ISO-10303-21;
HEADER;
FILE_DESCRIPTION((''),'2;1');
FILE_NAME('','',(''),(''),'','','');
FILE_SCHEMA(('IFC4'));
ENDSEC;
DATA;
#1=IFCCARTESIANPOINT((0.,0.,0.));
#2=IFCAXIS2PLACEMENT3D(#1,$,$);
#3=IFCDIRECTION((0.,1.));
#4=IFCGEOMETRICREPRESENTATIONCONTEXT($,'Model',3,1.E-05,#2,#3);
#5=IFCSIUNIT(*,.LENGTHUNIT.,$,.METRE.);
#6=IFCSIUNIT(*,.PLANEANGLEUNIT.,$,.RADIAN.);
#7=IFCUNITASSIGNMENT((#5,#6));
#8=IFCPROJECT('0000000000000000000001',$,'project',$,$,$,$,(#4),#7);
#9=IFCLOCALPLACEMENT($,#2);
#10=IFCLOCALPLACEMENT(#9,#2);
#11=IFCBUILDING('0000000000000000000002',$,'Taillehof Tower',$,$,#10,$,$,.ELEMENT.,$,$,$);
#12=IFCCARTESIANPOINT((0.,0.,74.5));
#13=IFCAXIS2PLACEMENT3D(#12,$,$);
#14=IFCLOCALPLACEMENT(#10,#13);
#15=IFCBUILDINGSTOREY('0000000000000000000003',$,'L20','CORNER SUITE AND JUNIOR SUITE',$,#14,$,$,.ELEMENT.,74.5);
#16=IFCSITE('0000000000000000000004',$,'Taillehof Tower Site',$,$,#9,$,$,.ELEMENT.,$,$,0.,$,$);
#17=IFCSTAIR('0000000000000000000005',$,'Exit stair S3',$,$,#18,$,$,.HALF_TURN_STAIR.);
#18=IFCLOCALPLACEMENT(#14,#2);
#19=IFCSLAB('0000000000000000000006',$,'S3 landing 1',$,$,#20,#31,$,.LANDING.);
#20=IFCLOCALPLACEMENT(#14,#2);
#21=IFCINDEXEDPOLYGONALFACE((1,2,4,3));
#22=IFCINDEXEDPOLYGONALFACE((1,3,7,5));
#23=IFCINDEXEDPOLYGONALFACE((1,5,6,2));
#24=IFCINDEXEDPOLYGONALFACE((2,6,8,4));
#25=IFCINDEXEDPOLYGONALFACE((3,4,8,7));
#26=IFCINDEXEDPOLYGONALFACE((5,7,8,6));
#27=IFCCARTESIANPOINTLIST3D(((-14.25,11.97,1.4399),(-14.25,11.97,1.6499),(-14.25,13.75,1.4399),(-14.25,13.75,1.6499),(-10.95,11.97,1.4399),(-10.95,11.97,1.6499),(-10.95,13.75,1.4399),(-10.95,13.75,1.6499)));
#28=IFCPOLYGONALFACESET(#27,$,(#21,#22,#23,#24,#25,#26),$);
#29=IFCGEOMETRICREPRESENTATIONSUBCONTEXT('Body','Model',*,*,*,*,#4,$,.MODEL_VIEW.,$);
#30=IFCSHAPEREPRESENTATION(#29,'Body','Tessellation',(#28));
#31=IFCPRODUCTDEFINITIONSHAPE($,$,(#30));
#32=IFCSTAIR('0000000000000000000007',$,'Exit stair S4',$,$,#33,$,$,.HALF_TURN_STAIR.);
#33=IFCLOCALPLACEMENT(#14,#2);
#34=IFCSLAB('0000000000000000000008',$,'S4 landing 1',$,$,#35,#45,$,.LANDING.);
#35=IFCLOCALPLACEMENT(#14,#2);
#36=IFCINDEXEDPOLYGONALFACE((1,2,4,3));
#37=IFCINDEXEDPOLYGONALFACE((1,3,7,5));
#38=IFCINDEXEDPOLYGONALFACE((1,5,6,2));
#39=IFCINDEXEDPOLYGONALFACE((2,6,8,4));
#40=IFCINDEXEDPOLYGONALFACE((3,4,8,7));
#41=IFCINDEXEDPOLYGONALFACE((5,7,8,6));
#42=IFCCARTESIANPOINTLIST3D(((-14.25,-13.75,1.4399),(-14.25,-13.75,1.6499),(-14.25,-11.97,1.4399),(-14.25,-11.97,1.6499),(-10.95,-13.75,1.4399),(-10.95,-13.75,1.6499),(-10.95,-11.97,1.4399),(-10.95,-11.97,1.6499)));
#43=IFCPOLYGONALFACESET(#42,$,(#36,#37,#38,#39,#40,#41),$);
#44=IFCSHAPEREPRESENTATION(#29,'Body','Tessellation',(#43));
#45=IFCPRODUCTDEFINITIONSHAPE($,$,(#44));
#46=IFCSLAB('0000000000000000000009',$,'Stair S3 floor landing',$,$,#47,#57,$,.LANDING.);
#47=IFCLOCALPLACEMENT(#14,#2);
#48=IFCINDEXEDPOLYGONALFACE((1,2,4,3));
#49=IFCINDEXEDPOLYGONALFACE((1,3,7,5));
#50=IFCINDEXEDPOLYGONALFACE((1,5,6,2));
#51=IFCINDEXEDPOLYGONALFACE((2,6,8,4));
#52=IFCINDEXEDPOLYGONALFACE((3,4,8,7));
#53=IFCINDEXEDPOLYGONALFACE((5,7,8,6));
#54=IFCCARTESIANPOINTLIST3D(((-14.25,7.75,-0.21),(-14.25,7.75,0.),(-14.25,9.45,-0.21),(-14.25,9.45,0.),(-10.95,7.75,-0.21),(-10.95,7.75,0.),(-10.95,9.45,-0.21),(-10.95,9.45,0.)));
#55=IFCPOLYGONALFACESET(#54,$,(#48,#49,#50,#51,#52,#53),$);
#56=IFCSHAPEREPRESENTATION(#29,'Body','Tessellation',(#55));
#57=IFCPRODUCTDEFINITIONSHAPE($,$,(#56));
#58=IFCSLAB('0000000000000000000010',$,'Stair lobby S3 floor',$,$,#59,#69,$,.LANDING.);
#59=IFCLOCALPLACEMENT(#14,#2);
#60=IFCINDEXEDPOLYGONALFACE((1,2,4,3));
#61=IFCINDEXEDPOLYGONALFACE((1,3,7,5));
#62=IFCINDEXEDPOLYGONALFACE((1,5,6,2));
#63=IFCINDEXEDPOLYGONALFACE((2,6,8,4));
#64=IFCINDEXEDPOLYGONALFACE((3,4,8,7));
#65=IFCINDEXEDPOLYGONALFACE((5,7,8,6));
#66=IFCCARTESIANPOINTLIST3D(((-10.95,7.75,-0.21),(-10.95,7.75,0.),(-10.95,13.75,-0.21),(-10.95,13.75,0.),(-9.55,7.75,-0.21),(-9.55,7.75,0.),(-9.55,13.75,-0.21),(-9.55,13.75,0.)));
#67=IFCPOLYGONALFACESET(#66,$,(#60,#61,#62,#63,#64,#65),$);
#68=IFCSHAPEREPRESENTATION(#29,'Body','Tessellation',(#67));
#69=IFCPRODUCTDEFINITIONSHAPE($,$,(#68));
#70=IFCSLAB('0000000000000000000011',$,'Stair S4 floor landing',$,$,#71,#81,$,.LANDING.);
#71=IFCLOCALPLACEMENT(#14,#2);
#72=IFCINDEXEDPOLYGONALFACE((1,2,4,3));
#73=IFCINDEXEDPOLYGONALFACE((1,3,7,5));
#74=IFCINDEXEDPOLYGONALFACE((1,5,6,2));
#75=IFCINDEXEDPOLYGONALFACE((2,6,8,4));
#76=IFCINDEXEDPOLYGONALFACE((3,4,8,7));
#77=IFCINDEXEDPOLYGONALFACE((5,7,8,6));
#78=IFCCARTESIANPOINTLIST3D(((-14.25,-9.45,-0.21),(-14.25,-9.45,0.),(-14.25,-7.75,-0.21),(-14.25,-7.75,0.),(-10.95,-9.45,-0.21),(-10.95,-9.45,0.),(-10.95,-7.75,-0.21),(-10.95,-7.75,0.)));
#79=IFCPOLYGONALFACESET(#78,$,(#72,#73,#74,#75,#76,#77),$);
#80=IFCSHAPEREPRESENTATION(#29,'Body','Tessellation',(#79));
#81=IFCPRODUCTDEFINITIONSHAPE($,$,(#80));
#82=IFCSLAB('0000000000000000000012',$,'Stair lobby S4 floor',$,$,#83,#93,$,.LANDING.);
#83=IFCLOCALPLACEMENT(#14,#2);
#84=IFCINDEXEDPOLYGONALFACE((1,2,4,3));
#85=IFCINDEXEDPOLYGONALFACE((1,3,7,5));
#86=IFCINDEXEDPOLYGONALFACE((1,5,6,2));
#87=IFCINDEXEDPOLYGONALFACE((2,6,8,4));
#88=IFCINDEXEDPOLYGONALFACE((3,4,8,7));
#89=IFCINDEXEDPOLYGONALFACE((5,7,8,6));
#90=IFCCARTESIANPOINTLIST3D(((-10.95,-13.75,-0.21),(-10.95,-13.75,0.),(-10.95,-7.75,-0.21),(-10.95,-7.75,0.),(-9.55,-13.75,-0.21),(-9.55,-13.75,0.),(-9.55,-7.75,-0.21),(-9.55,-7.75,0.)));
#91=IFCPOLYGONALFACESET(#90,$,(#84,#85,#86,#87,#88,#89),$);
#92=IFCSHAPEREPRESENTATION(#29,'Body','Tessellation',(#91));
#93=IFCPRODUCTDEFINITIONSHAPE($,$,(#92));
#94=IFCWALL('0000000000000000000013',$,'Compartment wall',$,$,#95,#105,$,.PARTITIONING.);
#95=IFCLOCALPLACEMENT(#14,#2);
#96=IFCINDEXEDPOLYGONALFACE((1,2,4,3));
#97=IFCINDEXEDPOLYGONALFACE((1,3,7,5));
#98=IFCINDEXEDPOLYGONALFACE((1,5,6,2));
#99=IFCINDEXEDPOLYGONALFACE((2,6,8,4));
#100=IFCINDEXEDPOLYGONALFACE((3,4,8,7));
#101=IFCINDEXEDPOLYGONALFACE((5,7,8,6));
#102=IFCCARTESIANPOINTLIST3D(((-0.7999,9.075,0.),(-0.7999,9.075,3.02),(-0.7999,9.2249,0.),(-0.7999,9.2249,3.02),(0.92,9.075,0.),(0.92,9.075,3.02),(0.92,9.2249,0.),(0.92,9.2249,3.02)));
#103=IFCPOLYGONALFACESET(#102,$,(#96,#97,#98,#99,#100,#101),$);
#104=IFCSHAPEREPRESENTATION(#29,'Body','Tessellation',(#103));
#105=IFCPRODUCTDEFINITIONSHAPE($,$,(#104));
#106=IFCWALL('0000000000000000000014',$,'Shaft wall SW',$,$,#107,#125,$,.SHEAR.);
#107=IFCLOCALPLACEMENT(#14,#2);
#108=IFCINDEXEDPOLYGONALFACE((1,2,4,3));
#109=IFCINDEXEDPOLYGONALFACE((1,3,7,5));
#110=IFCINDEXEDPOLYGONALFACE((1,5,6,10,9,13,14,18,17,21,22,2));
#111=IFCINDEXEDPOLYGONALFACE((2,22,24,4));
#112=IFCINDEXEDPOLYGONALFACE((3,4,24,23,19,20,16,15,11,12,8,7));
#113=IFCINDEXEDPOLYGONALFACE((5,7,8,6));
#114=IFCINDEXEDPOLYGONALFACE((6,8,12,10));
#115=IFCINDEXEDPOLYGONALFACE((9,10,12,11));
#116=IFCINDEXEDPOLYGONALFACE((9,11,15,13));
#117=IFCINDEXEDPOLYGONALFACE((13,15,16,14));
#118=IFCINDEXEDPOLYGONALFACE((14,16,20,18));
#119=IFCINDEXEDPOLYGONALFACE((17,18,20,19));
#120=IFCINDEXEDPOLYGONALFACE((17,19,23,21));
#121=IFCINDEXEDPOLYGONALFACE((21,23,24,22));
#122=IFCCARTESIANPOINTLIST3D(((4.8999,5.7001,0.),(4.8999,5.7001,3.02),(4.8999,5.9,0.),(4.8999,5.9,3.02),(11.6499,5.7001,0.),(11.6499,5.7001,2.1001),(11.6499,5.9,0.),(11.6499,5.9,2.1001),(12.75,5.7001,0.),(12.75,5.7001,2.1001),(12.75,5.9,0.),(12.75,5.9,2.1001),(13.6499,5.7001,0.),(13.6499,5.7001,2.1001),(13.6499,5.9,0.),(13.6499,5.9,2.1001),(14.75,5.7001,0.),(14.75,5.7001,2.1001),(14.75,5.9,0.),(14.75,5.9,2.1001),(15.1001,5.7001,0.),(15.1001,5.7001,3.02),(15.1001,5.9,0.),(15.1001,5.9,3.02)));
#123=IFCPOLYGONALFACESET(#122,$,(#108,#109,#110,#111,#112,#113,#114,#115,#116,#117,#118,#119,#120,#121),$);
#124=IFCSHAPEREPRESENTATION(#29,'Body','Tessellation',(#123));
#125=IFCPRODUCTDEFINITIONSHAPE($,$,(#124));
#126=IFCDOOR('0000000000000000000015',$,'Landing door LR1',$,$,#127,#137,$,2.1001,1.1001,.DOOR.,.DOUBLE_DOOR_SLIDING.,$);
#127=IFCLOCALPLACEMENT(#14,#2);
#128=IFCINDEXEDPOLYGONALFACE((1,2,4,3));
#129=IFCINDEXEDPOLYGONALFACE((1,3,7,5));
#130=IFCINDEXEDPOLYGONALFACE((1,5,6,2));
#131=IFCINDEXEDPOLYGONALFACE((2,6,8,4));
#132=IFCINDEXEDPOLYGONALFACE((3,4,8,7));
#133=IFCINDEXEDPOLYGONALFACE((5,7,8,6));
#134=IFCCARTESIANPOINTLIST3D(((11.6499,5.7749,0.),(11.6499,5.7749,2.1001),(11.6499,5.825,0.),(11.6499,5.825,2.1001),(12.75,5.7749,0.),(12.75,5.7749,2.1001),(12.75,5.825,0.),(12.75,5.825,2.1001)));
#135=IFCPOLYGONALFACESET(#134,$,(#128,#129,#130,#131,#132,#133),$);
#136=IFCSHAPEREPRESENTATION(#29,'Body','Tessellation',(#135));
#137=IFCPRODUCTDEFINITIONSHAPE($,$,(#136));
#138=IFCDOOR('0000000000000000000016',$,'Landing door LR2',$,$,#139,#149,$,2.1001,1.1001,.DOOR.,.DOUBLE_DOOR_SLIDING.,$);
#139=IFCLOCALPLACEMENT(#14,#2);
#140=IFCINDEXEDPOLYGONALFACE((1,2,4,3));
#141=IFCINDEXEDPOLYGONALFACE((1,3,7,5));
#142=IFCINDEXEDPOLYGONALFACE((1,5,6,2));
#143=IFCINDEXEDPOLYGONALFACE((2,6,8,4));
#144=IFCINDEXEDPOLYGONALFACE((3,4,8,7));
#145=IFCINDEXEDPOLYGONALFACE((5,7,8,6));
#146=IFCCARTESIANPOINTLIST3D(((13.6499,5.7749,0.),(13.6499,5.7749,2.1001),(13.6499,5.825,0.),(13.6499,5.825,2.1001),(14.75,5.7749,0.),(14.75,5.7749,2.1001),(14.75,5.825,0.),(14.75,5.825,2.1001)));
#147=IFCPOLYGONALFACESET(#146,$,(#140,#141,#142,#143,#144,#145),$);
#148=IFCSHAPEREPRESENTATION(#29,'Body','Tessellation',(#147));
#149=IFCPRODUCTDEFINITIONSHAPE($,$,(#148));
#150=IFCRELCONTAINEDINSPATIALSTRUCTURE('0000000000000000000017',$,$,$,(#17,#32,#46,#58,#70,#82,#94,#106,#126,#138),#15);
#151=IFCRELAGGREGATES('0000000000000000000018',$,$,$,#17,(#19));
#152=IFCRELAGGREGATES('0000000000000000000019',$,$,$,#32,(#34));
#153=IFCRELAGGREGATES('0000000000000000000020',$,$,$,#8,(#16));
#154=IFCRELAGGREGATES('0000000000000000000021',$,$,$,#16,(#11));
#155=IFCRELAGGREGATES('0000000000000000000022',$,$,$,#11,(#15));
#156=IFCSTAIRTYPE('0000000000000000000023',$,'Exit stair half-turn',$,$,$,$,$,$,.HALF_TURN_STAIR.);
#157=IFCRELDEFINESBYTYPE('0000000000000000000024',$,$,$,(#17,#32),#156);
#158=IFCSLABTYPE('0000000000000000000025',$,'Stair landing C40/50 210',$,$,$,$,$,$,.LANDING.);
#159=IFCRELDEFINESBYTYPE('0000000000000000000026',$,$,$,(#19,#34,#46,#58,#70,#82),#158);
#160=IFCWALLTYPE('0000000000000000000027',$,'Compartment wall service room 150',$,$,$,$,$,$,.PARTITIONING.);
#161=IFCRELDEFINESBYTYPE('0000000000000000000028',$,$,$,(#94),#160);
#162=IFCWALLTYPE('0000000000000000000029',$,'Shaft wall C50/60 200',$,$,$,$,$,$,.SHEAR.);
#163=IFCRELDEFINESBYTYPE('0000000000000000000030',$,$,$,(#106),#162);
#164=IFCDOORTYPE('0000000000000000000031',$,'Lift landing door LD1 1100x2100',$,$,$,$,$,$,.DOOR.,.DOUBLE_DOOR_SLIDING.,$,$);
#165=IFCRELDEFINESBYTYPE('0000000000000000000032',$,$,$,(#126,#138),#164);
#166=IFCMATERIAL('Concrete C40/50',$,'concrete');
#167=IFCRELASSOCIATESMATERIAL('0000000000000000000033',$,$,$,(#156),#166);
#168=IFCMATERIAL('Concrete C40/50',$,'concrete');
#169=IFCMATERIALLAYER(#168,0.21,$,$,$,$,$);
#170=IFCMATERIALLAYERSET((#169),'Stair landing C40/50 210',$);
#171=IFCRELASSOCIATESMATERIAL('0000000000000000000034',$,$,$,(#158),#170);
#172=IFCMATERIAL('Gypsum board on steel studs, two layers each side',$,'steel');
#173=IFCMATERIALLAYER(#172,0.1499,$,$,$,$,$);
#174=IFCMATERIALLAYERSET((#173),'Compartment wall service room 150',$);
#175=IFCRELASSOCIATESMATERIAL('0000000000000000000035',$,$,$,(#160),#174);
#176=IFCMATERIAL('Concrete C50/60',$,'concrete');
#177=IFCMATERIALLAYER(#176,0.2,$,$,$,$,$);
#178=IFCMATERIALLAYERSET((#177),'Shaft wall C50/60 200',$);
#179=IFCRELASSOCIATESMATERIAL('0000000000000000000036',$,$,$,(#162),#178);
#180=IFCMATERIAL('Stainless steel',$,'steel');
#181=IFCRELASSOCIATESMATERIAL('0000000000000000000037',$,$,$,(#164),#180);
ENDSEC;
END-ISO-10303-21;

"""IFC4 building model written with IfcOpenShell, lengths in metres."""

from ifc_helpers import new_model, si_unit, direction, frame, frame_2d, origin, place, context, subcontext, project, spatial, polyline, rectangle, outline, extrude, material, layer, layer_set, type_object, element, fill, aggregate, save


model = new_model("IFC4")

# Units and contexts
model_context = context("Model", 3, precision=1e-05, world=origin(), true_north=direction((0.0, 1.0)))
body_context = subcontext(model_context, "Body", "Model", "MODEL_VIEW")
ifc_project = project(units=[si_unit("LENGTHUNIT", "METRE"), si_unit("PLANEANGLEUNIT", "RADIAN")], contexts=[model_context])

# Site, building, storey
site_placement = place(None, origin())
site = spatial("IfcSite", under=ifc_project, at=site_placement, Name="Taillehof Tower Site", CompositionType="ELEMENT", RefElevation=0.0)
building_placement = place(site_placement, origin())
building = spatial("IfcBuilding", under=site, at=building_placement, Name="Taillehof Tower", CompositionType="ELEMENT")
storey_placement = place(building_placement, frame((0.0, 0.0, 74.5)))
storey = spatial("IfcBuildingStorey", under=building, at=storey_placement, Name="L20", Description="CORNER SUITE AND JUNIOR SUITE", CompositionType="ELEMENT", Elevation=74.5)

# Stairs, slabs
ifc_material_1 = material(Name="Concrete C40/50", Category="concrete")
stair_type = type_object("IfcStairType", Name="Exit stair half-turn", PredefinedType="HALF_TURN_STAIR", material=ifc_material_1)
ifc_material_2 = material(Name="Concrete C40/50", Category="concrete")
ifc_layer_1 = layer(ifc_material_2, 0.21)
ifc_layer_set_1 = layer_set([ifc_layer_1], Name="Stair landing C40/50 210")
slab_type_1 = type_object("IfcSlabType", Name="Stair landing C40/50 210", PredefinedType="LANDING", material=ifc_layer_set_1)
stair_1_placement = place(storey_placement, origin())
stair_1 = element("IfcStair", 1, at=stair_1_placement, inside=storey, type_object=stair_type, Name="Exit stair S3", PredefinedType="HALF_TURN_STAIR")
slab_1_placement = place(storey_placement, frame((0.0, 0.0, 1.4399)))
slab_1 = element("IfcSlab", 2, at=slab_1_placement, type_object=slab_type_1, Name="S3 landing 1", PredefinedType="LANDING", context=body_context, shape_type="SweptSolid", body=[
    extrude(outline(polyline([(-14.25, 11.97), (-14.25, 13.75), (-10.95, 13.75), (-10.95, 11.97), (-14.25, 11.97)])), origin(), (0.0, 0.0, 1.0), 0.21),
])
aggregate(stair_1, [slab_1])
stair_2_placement = place(storey_placement, origin())
stair_2 = element("IfcStair", 3, at=stair_2_placement, inside=storey, type_object=stair_type, Name="Exit stair S4", PredefinedType="HALF_TURN_STAIR")
slab_2_placement = place(storey_placement, frame((0.0, 0.0, 1.4399)))
slab_2 = element("IfcSlab", 4, at=slab_2_placement, type_object=slab_type_1, Name="S4 landing 1", PredefinedType="LANDING", context=body_context, shape_type="SweptSolid", body=[
    extrude(outline(polyline([(-14.25, -11.97), (-14.25, -13.75), (-10.95, -13.75), (-10.95, -11.97), (-14.25, -11.97)])), origin(), (0.0, 0.0, 1.0), 0.21),
])
aggregate(stair_2, [slab_2])

# Slabs
slab_3_placement = place(storey_placement, frame((0.0, 0.0, -0.21)))
element("IfcSlab", 5, at=slab_3_placement, inside=storey, type_object=slab_type_1, Name="Stair S3 floor landing", PredefinedType="LANDING", context=body_context, shape_type="SweptSolid", body=[
    extrude(outline(polyline([(-14.25, 7.75), (-14.25, 9.45), (-10.95, 9.45), (-10.95, 7.75), (-14.25, 7.75)])), origin(), (0.0, 0.0, 1.0), 0.21),
])
slab_4_placement = place(storey_placement, frame((0.0, 0.0, -0.21)))
element("IfcSlab", 6, at=slab_4_placement, inside=storey, type_object=slab_type_1, Name="Stair lobby S3 floor", PredefinedType="LANDING", context=body_context, shape_type="SweptSolid", body=[
    extrude(outline(polyline([(-10.95, 7.75), (-9.55, 7.75), (-9.55, 13.75), (-10.95, 13.75), (-10.95, 7.75)])), origin(), (0.0, 0.0, 1.0), 0.21),
])
slab_5_placement = place(storey_placement, frame((0.0, 0.0, -0.21)))
element("IfcSlab", 7, at=slab_5_placement, inside=storey, type_object=slab_type_1, Name="Stair S4 floor landing", PredefinedType="LANDING", context=body_context, shape_type="SweptSolid", body=[
    extrude(outline(polyline([(-14.25, -7.75), (-14.25, -9.45), (-10.95, -9.45), (-10.95, -7.75), (-14.25, -7.75)])), origin(), (0.0, 0.0, 1.0), 0.21),
])
slab_6_placement = place(storey_placement, frame((0.0, 0.0, -0.21)))
element("IfcSlab", 8, at=slab_6_placement, inside=storey, type_object=slab_type_1, Name="Stair lobby S4 floor", PredefinedType="LANDING", context=body_context, shape_type="SweptSolid", body=[
    extrude(outline(polyline([(-10.95, -13.75), (-9.55, -13.75), (-9.55, -7.75), (-10.95, -7.75), (-10.95, -13.75)])), origin(), (0.0, 0.0, 1.0), 0.21),
])

# Wall
ifc_material_3 = material(Name="Gypsum board on steel studs, two layers each side", Category="steel")
ifc_layer_2 = layer(ifc_material_3, 0.1499)
ifc_layer_set_2 = layer_set([ifc_layer_2], Name="Compartment wall service room 150")
wall_type_1 = type_object("IfcWallType", Name="Compartment wall service room 150", PredefinedType="PARTITIONING", material=ifc_layer_set_2)
wall_1_placement = place(storey_placement, frame((0.9199, 9.1499, 0.0), z_axis=(0.0, 0.0, 1.0), x_axis=(-1.0, 0.0, 0.0)))
element("IfcWall", 9, at=wall_1_placement, inside=storey, type_object=wall_type_1, Name="Compartment wall", PredefinedType="PARTITIONING", context=body_context, shape_type="SweptSolid", body=[
    extrude(rectangle(XDim=1.72, YDim=0.1499, at=frame_2d((0.8599, 0.0))), origin(), (0.0, 0.0, 1.0), 3.02),
])

# Wall, openings, doors
ifc_material_4 = material(Name="Concrete C50/60", Category="concrete")
ifc_layer_3 = layer(ifc_material_4, 0.2)
ifc_layer_set_3 = layer_set([ifc_layer_3], Name="Shaft wall C50/60 200")
wall_type_2 = type_object("IfcWallType", Name="Shaft wall C50/60 200", PredefinedType="SHEAR", material=ifc_layer_set_3)
wall_2_placement = place(storey_placement, frame((4.8999, 5.8, 0.0), z_axis=(0.0, 0.0, 1.0), x_axis=(1.0, 0.0, 0.0)))
wall_2 = element("IfcWall", 10, at=wall_2_placement, inside=storey, type_object=wall_type_2, Name="Shaft wall SW", PredefinedType="SHEAR", context=body_context, shape_type="SweptSolid", body=[
    extrude(rectangle(XDim=10.2002, YDim=0.2, at=frame_2d((5.1001, 0.0))), origin(), (0.0, 0.0, 1.0), 3.02),
])
opening_1_placement = place(wall_2_placement, frame((6.75, 0.0, 0.0)))
opening_1 = element("IfcOpeningElement", 11, at=opening_1_placement, cuts=wall_2, PredefinedType="OPENING", context=body_context, shape_type="SweptSolid", body=[
    extrude(rectangle(XDim=1.1001, YDim=2.1001, at=frame_2d((0.55, 1.05))), frame((0.0, 0.1099, 0.0), z_axis=(0.0, -1.0, 0.0), x_axis=(1.0, 0.0, 0.0)), (0.0, 0.0, 1.0), 0.22),
])
opening_2_placement = place(wall_2_placement, frame((8.75, 0.0, 0.0)))
opening_2 = element("IfcOpeningElement", 12, at=opening_2_placement, cuts=wall_2, PredefinedType="OPENING", context=body_context, shape_type="SweptSolid", body=[
    extrude(rectangle(XDim=1.1001, YDim=2.1001, at=frame_2d((0.55, 1.05))), frame((0.0, 0.1099, 0.0), z_axis=(0.0, -1.0, 0.0), x_axis=(1.0, 0.0, 0.0)), (0.0, 0.0, 1.0), 0.22),
])
ifc_material_5 = material(Name="Stainless steel", Category="steel")
door_type_1 = type_object("IfcDoorType", Name="Lift landing door LD1 1100x2100", OperationType="DOUBLE_DOOR_SLIDING", PredefinedType="DOOR", material=ifc_material_5)
door_1_placement = place(opening_1_placement, origin())
door_1 = element("IfcDoor", 13, at=door_1_placement, inside=storey, type_object=door_type_1, Name="Landing door LR1", OperationType="DOUBLE_DOOR_SLIDING", OverallHeight=2.1001, OverallWidth=1.1001, PredefinedType="DOOR", context=body_context, shape_type="SweptSolid", body=[
    extrude(rectangle(XDim=1.1001, YDim=2.1001, at=frame_2d((0.55, 1.05))), frame((0.0, 0.0249, 0.0), z_axis=(0.0, -1.0, 0.0), x_axis=(1.0, 0.0, 0.0)), (0.0, 0.0, 1.0), 0.05),
])
fill(opening_1, door_1)
door_2_placement = place(opening_2_placement, origin())
door_2 = element("IfcDoor", 14, at=door_2_placement, inside=storey, type_object=door_type_1, Name="Landing door LR2", OperationType="DOUBLE_DOOR_SLIDING", OverallHeight=2.1001, OverallWidth=1.1001, PredefinedType="DOOR", context=body_context, shape_type="SweptSolid", body=[
    extrude(rectangle(XDim=1.1001, YDim=2.1001, at=frame_2d((0.55, 1.05))), frame((0.0, 0.0249, 0.0), z_axis=(0.0, -1.0, 0.0), x_axis=(1.0, 0.0, 0.0)), (0.0, 0.0, 1.0), 0.05),
])
fill(opening_2, door_2)

save(model, "model.ifc")
